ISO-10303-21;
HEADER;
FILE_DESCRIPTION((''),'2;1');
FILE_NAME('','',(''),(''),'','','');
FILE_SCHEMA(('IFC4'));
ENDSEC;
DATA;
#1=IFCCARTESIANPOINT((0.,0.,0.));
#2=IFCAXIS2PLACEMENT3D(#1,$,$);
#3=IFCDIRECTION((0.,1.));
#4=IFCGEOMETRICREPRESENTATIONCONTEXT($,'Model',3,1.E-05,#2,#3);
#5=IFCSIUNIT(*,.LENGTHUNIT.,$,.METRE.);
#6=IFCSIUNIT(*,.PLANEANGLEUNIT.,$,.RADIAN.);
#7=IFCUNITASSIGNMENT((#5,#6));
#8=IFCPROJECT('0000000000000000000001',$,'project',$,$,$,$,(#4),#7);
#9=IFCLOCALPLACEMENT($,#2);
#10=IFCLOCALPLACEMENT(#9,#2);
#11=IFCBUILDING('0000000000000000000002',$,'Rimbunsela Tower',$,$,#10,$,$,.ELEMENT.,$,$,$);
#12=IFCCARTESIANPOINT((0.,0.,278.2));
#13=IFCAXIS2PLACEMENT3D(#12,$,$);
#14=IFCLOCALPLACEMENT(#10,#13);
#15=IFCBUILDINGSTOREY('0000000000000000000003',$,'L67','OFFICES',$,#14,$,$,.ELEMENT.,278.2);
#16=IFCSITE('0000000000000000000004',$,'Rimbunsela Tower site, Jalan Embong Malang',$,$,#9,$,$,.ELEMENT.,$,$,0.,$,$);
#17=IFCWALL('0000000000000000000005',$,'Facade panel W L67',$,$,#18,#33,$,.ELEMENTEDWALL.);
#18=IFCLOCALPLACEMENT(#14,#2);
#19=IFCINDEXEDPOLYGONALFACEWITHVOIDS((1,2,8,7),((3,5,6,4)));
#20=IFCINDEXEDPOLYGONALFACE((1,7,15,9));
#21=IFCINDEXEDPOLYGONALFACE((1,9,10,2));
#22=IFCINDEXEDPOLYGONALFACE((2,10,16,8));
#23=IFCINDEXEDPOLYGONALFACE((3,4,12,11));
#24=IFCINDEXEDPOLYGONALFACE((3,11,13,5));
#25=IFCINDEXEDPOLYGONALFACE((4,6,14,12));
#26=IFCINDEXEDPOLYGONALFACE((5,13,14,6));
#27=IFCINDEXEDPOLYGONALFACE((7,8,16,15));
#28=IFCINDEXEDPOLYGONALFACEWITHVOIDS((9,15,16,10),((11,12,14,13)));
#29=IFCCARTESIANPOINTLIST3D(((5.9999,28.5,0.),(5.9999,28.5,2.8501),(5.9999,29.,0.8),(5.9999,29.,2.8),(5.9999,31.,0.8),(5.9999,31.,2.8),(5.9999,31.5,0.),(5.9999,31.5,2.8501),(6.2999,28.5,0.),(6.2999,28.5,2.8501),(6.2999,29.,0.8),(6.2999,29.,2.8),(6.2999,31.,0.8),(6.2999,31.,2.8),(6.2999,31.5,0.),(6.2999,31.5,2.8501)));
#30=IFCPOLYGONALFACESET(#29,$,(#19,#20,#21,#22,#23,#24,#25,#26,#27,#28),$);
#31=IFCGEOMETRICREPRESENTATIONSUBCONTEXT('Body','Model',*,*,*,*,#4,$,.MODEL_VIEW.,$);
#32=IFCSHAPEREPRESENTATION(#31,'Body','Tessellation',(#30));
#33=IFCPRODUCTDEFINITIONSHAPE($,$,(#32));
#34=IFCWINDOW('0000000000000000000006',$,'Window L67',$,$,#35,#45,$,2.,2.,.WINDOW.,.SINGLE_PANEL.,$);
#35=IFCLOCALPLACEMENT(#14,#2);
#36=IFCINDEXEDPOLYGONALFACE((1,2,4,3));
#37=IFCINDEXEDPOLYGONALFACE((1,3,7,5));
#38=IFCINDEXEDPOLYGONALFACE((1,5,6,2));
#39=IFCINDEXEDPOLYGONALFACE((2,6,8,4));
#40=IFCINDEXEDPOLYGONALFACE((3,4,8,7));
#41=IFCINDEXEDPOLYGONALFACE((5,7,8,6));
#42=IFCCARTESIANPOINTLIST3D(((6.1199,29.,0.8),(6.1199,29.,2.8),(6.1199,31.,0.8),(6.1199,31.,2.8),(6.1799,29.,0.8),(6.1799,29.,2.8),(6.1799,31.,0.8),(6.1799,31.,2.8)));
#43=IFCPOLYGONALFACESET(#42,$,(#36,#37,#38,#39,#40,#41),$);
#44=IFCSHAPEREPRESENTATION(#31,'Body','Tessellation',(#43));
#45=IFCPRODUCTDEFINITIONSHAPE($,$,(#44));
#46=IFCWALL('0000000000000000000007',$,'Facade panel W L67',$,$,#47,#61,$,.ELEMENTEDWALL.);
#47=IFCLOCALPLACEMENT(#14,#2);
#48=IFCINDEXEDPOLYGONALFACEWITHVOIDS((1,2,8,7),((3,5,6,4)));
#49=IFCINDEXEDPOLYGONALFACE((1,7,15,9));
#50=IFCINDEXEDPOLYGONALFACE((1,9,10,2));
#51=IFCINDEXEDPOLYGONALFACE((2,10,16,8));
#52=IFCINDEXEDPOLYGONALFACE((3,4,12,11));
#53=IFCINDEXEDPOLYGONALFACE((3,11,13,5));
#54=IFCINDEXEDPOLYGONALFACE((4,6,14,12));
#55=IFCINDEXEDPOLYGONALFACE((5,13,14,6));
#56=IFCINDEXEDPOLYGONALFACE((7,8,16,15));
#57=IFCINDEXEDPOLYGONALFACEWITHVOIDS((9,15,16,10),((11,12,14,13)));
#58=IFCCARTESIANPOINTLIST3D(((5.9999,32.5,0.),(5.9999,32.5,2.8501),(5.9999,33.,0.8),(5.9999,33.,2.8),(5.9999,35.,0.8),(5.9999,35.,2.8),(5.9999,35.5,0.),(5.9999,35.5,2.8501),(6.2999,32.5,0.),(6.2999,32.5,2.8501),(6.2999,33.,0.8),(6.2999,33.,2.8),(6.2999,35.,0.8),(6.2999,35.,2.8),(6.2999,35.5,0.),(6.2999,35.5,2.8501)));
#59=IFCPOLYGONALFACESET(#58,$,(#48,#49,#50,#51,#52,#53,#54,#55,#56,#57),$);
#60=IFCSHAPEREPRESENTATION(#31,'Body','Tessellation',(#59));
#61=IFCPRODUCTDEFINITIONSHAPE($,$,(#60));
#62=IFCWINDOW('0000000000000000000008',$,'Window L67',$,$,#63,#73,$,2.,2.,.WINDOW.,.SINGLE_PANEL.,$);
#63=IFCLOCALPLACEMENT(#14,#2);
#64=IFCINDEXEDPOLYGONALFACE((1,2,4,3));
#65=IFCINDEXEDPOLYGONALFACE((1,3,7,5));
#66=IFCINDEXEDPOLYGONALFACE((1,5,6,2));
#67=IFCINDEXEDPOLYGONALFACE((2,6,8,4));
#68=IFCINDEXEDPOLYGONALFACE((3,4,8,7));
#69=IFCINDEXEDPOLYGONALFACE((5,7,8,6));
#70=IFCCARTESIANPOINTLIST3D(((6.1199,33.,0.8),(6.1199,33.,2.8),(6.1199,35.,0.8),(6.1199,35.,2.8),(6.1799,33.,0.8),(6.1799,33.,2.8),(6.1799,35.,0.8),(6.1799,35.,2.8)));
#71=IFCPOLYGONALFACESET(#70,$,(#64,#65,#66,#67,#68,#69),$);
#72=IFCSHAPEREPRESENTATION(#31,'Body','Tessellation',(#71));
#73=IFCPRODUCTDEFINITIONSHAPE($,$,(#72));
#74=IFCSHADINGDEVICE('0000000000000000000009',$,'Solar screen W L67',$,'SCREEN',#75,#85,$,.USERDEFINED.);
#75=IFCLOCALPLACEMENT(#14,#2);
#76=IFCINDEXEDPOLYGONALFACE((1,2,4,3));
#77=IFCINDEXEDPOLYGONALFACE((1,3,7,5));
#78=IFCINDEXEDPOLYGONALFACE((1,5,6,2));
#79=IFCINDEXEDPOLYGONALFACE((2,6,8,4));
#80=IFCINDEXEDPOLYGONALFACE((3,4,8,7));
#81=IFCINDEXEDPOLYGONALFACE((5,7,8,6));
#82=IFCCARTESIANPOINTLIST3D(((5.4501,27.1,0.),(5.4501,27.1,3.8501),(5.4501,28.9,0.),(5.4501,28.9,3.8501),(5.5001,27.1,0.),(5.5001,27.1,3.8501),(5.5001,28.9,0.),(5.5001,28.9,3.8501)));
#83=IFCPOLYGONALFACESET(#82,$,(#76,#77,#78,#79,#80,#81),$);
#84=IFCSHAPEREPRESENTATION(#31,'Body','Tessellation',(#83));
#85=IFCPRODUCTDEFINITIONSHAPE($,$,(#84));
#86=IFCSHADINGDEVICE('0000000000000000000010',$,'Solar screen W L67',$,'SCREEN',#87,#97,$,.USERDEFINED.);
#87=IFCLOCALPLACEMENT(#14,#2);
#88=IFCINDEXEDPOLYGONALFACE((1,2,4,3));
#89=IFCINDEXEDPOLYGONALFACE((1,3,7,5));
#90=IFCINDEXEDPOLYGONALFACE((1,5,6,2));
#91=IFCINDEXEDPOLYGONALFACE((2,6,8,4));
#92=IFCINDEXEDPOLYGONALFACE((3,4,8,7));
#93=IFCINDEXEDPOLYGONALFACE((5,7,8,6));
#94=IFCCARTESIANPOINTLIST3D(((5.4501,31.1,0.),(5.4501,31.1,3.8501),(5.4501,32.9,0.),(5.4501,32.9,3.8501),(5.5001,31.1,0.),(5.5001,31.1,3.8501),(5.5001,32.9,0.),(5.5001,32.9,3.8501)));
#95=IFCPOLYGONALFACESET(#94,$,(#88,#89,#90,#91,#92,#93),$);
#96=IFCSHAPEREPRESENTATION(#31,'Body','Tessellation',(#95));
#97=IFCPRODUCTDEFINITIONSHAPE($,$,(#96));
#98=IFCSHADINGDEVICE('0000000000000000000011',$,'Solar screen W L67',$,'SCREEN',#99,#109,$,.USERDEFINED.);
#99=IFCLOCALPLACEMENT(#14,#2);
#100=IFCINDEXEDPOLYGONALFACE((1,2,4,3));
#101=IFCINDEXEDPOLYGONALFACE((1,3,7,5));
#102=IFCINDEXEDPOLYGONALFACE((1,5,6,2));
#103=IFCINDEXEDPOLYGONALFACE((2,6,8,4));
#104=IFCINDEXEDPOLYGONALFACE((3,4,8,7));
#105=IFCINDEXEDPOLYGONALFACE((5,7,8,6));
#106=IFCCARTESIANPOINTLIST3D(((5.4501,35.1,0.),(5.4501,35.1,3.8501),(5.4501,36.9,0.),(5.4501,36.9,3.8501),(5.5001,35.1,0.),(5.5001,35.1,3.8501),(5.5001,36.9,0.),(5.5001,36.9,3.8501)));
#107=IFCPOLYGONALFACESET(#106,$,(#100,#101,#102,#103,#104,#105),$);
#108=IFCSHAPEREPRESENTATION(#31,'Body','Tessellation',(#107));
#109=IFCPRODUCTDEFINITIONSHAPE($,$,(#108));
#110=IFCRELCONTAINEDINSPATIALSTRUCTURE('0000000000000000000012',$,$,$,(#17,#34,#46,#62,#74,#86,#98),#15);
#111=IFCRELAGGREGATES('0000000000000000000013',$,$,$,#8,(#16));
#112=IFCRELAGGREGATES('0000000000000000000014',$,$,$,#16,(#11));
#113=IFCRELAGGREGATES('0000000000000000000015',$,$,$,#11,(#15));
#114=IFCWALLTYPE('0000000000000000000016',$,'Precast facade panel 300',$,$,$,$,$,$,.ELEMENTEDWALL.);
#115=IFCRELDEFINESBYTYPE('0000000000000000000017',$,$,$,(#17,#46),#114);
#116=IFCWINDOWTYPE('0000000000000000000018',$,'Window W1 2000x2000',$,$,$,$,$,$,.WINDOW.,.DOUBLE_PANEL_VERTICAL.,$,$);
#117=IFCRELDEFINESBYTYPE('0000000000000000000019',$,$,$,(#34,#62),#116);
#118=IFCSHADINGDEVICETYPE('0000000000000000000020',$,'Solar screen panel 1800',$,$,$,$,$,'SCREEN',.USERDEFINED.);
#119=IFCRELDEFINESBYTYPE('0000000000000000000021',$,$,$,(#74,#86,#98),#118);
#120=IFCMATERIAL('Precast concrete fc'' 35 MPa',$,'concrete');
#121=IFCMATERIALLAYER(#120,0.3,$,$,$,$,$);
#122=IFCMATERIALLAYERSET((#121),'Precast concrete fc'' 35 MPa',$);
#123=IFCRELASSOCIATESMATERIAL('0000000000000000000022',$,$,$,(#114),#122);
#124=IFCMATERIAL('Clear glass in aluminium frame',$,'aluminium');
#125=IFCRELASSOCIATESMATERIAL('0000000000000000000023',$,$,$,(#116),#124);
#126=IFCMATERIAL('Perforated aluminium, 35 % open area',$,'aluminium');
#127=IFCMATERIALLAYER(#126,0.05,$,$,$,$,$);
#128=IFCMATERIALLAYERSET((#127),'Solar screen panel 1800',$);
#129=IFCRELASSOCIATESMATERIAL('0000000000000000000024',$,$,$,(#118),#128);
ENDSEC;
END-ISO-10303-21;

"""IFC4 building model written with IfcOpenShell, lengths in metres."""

from ifc_helpers import new_model, si_unit, direction, frame, frame_2d, origin, origin_2d, place, context, subcontext, project, spatial, rectangle, extrude, material, layer, layer_set, type_object, element, fill, save


model = new_model("IFC4")

# Units and contexts
model_context = context("Model", 3, precision=1e-05, world=origin(), true_north=direction((0.0, 1.0)))
body_context = subcontext(model_context, "Body", "Model", "MODEL_VIEW")
ifc_project = project(units=[si_unit("LENGTHUNIT", "METRE"), si_unit("PLANEANGLEUNIT", "RADIAN")], contexts=[model_context])

# Site, building, storey
site_placement = place(None, origin())
site = spatial("IfcSite", under=ifc_project, at=site_placement, Name="Rimbunsela Tower site, Jalan Embong Malang", CompositionType="ELEMENT", RefElevation=0.0)
building_placement = place(site_placement, origin())
building = spatial("IfcBuilding", under=site, at=building_placement, Name="Rimbunsela Tower", CompositionType="ELEMENT")
storey_placement = place(building_placement, frame((0.0, 0.0, 278.2)))
storey = spatial("IfcBuildingStorey", under=building, at=storey_placement, Name="L67", Description="OFFICES", CompositionType="ELEMENT", Elevation=278.2)

# Walls, openings, windows
ifc_material_1 = material(Name="Precast concrete fc' 35 MPa", Category="concrete")
ifc_layer_1 = layer(ifc_material_1, 0.3)
ifc_layer_set_1 = layer_set([ifc_layer_1], Name="Precast concrete fc' 35 MPa")
wall_type_1 = type_object("IfcWallType", Name="Precast facade panel 300", PredefinedType="ELEMENTEDWALL", material=ifc_layer_set_1)
ifc_material_2 = material(Name="Clear glass in aluminium frame", Category="aluminium")
window_type = type_object("IfcWindowType", Name="Window W1 2000x2000", PartitioningType="DOUBLE_PANEL_VERTICAL", PredefinedType="WINDOW", material=ifc_material_2)
wall_1_placement = place(storey_placement, frame((6.1499, 31.5, 0.0), z_axis=(0.0, 0.0, 1.0), x_axis=(0.0, -1.0, 0.0)))
wall_1 = element("IfcWall", 1, at=wall_1_placement, inside=storey, type_object=wall_type_1, Name="Facade panel W L67", PredefinedType="ELEMENTEDWALL", context=body_context, shape_type="SweptSolid", body=[
    extrude(rectangle(XDim=3.0, YDim=0.3, at=frame_2d((1.5, 0.0))), origin(), (0.0, 0.0, 1.0), 2.8501),
])
opening_1_placement = place(wall_1_placement, frame((0.5, 0.0, 0.8)))
opening_1 = element("IfcOpeningElement", 2, at=opening_1_placement, cuts=wall_1, PredefinedType="OPENING", context=body_context, shape_type="SweptSolid", body=[
    extrude(rectangle(XDim=2.0, YDim=2.0, at=frame_2d((1.0, 1.0))), frame((0.0, 0.1599, 0.0), z_axis=(0.0, -1.0, 0.0), x_axis=(1.0, 0.0, 0.0)), (0.0, 0.0, 1.0), 0.3201),
])
window_1_placement = place(opening_1_placement, origin())
window_1 = element("IfcWindow", 3, at=window_1_placement, inside=storey, type_object=window_type, Name="Window L67", OverallHeight=2.0, OverallWidth=2.0, PartitioningType="SINGLE_PANEL", PredefinedType="WINDOW", context=body_context, shape_type="SweptSolid", body=[
    extrude(rectangle(XDim=2.0, YDim=2.0, at=frame_2d((1.0, 1.0))), frame((0.0, 0.03, 0.0), z_axis=(0.0, -1.0, 0.0), x_axis=(1.0, 0.0, 0.0)), (0.0, 0.0, 1.0), 0.0601),
])
fill(opening_1, window_1)
wall_2_placement = place(storey_placement, frame((6.1499, 35.5, 0.0), z_axis=(0.0, 0.0, 1.0), x_axis=(0.0, -1.0, 0.0)))
wall_2 = element("IfcWall", 4, at=wall_2_placement, inside=storey, type_object=wall_type_1, Name="Facade panel W L67", PredefinedType="ELEMENTEDWALL", context=body_context, shape_type="SweptSolid", body=[
    extrude(rectangle(XDim=3.0, YDim=0.3, at=frame_2d((1.5, 0.0))), origin(), (0.0, 0.0, 1.0), 2.8501),
])
opening_2_placement = place(wall_2_placement, frame((0.5, 0.0, 0.8)))
opening_2 = element("IfcOpeningElement", 5, at=opening_2_placement, cuts=wall_2, PredefinedType="OPENING", context=body_context, shape_type="SweptSolid", body=[
    extrude(rectangle(XDim=2.0, YDim=2.0, at=frame_2d((1.0, 1.0))), frame((0.0, 0.1599, 0.0), z_axis=(0.0, -1.0, 0.0), x_axis=(1.0, 0.0, 0.0)), (0.0, 0.0, 1.0), 0.3201),
])
window_2_placement = place(opening_2_placement, origin())
window_2 = element("IfcWindow", 6, at=window_2_placement, inside=storey, type_object=window_type, Name="Window L67", OverallHeight=2.0, OverallWidth=2.0, PartitioningType="SINGLE_PANEL", PredefinedType="WINDOW", context=body_context, shape_type="SweptSolid", body=[
    extrude(rectangle(XDim=2.0, YDim=2.0, at=frame_2d((1.0, 1.0))), frame((0.0, 0.03, 0.0), z_axis=(0.0, -1.0, 0.0), x_axis=(1.0, 0.0, 0.0)), (0.0, 0.0, 1.0), 0.0601),
])
fill(opening_2, window_2)

# Shading devices
ifc_material_3 = material(Name="Perforated aluminium, 35 % open area", Category="aluminium")
ifc_layer_2 = layer(ifc_material_3, 0.05)
ifc_layer_set_2 = layer_set([ifc_layer_2], Name="Solar screen panel 1800")
shading_device_type = type_object("IfcShadingDeviceType", Name="Solar screen panel 1800", ElementType="SCREEN", PredefinedType="USERDEFINED", material=ifc_layer_set_2)
for number, where, z_axis, x_axis, name in (
    (7, (5.4751, 28.0, 0.0), (0.0, 0.0, 1.0), (0.0, 1.0, 0.0), "Solar screen W L67"),
    (8, (5.4751, 32.0, 0.0), (0.0, 0.0, 1.0), (0.0, 1.0, 0.0), "Solar screen W L67"),
    (9, (5.4751, 36.0, 0.0), (0.0, 0.0, 1.0), (0.0, 1.0, 0.0), "Solar screen W L67"),
):
    element("IfcShadingDevice", number, at=place(storey_placement, frame(where, z_axis=z_axis, x_axis=x_axis)), inside=storey, type_object=shading_device_type, Name=name, ObjectType="SCREEN", PredefinedType="USERDEFINED", context=body_context, shape_type="SweptSolid", body=[
        extrude(rectangle(XDim=1.8, YDim=0.05, at=origin_2d()), origin(), (0.0, 0.0, 1.0), 3.8501),
    ])

save(model, "model.ifc")
